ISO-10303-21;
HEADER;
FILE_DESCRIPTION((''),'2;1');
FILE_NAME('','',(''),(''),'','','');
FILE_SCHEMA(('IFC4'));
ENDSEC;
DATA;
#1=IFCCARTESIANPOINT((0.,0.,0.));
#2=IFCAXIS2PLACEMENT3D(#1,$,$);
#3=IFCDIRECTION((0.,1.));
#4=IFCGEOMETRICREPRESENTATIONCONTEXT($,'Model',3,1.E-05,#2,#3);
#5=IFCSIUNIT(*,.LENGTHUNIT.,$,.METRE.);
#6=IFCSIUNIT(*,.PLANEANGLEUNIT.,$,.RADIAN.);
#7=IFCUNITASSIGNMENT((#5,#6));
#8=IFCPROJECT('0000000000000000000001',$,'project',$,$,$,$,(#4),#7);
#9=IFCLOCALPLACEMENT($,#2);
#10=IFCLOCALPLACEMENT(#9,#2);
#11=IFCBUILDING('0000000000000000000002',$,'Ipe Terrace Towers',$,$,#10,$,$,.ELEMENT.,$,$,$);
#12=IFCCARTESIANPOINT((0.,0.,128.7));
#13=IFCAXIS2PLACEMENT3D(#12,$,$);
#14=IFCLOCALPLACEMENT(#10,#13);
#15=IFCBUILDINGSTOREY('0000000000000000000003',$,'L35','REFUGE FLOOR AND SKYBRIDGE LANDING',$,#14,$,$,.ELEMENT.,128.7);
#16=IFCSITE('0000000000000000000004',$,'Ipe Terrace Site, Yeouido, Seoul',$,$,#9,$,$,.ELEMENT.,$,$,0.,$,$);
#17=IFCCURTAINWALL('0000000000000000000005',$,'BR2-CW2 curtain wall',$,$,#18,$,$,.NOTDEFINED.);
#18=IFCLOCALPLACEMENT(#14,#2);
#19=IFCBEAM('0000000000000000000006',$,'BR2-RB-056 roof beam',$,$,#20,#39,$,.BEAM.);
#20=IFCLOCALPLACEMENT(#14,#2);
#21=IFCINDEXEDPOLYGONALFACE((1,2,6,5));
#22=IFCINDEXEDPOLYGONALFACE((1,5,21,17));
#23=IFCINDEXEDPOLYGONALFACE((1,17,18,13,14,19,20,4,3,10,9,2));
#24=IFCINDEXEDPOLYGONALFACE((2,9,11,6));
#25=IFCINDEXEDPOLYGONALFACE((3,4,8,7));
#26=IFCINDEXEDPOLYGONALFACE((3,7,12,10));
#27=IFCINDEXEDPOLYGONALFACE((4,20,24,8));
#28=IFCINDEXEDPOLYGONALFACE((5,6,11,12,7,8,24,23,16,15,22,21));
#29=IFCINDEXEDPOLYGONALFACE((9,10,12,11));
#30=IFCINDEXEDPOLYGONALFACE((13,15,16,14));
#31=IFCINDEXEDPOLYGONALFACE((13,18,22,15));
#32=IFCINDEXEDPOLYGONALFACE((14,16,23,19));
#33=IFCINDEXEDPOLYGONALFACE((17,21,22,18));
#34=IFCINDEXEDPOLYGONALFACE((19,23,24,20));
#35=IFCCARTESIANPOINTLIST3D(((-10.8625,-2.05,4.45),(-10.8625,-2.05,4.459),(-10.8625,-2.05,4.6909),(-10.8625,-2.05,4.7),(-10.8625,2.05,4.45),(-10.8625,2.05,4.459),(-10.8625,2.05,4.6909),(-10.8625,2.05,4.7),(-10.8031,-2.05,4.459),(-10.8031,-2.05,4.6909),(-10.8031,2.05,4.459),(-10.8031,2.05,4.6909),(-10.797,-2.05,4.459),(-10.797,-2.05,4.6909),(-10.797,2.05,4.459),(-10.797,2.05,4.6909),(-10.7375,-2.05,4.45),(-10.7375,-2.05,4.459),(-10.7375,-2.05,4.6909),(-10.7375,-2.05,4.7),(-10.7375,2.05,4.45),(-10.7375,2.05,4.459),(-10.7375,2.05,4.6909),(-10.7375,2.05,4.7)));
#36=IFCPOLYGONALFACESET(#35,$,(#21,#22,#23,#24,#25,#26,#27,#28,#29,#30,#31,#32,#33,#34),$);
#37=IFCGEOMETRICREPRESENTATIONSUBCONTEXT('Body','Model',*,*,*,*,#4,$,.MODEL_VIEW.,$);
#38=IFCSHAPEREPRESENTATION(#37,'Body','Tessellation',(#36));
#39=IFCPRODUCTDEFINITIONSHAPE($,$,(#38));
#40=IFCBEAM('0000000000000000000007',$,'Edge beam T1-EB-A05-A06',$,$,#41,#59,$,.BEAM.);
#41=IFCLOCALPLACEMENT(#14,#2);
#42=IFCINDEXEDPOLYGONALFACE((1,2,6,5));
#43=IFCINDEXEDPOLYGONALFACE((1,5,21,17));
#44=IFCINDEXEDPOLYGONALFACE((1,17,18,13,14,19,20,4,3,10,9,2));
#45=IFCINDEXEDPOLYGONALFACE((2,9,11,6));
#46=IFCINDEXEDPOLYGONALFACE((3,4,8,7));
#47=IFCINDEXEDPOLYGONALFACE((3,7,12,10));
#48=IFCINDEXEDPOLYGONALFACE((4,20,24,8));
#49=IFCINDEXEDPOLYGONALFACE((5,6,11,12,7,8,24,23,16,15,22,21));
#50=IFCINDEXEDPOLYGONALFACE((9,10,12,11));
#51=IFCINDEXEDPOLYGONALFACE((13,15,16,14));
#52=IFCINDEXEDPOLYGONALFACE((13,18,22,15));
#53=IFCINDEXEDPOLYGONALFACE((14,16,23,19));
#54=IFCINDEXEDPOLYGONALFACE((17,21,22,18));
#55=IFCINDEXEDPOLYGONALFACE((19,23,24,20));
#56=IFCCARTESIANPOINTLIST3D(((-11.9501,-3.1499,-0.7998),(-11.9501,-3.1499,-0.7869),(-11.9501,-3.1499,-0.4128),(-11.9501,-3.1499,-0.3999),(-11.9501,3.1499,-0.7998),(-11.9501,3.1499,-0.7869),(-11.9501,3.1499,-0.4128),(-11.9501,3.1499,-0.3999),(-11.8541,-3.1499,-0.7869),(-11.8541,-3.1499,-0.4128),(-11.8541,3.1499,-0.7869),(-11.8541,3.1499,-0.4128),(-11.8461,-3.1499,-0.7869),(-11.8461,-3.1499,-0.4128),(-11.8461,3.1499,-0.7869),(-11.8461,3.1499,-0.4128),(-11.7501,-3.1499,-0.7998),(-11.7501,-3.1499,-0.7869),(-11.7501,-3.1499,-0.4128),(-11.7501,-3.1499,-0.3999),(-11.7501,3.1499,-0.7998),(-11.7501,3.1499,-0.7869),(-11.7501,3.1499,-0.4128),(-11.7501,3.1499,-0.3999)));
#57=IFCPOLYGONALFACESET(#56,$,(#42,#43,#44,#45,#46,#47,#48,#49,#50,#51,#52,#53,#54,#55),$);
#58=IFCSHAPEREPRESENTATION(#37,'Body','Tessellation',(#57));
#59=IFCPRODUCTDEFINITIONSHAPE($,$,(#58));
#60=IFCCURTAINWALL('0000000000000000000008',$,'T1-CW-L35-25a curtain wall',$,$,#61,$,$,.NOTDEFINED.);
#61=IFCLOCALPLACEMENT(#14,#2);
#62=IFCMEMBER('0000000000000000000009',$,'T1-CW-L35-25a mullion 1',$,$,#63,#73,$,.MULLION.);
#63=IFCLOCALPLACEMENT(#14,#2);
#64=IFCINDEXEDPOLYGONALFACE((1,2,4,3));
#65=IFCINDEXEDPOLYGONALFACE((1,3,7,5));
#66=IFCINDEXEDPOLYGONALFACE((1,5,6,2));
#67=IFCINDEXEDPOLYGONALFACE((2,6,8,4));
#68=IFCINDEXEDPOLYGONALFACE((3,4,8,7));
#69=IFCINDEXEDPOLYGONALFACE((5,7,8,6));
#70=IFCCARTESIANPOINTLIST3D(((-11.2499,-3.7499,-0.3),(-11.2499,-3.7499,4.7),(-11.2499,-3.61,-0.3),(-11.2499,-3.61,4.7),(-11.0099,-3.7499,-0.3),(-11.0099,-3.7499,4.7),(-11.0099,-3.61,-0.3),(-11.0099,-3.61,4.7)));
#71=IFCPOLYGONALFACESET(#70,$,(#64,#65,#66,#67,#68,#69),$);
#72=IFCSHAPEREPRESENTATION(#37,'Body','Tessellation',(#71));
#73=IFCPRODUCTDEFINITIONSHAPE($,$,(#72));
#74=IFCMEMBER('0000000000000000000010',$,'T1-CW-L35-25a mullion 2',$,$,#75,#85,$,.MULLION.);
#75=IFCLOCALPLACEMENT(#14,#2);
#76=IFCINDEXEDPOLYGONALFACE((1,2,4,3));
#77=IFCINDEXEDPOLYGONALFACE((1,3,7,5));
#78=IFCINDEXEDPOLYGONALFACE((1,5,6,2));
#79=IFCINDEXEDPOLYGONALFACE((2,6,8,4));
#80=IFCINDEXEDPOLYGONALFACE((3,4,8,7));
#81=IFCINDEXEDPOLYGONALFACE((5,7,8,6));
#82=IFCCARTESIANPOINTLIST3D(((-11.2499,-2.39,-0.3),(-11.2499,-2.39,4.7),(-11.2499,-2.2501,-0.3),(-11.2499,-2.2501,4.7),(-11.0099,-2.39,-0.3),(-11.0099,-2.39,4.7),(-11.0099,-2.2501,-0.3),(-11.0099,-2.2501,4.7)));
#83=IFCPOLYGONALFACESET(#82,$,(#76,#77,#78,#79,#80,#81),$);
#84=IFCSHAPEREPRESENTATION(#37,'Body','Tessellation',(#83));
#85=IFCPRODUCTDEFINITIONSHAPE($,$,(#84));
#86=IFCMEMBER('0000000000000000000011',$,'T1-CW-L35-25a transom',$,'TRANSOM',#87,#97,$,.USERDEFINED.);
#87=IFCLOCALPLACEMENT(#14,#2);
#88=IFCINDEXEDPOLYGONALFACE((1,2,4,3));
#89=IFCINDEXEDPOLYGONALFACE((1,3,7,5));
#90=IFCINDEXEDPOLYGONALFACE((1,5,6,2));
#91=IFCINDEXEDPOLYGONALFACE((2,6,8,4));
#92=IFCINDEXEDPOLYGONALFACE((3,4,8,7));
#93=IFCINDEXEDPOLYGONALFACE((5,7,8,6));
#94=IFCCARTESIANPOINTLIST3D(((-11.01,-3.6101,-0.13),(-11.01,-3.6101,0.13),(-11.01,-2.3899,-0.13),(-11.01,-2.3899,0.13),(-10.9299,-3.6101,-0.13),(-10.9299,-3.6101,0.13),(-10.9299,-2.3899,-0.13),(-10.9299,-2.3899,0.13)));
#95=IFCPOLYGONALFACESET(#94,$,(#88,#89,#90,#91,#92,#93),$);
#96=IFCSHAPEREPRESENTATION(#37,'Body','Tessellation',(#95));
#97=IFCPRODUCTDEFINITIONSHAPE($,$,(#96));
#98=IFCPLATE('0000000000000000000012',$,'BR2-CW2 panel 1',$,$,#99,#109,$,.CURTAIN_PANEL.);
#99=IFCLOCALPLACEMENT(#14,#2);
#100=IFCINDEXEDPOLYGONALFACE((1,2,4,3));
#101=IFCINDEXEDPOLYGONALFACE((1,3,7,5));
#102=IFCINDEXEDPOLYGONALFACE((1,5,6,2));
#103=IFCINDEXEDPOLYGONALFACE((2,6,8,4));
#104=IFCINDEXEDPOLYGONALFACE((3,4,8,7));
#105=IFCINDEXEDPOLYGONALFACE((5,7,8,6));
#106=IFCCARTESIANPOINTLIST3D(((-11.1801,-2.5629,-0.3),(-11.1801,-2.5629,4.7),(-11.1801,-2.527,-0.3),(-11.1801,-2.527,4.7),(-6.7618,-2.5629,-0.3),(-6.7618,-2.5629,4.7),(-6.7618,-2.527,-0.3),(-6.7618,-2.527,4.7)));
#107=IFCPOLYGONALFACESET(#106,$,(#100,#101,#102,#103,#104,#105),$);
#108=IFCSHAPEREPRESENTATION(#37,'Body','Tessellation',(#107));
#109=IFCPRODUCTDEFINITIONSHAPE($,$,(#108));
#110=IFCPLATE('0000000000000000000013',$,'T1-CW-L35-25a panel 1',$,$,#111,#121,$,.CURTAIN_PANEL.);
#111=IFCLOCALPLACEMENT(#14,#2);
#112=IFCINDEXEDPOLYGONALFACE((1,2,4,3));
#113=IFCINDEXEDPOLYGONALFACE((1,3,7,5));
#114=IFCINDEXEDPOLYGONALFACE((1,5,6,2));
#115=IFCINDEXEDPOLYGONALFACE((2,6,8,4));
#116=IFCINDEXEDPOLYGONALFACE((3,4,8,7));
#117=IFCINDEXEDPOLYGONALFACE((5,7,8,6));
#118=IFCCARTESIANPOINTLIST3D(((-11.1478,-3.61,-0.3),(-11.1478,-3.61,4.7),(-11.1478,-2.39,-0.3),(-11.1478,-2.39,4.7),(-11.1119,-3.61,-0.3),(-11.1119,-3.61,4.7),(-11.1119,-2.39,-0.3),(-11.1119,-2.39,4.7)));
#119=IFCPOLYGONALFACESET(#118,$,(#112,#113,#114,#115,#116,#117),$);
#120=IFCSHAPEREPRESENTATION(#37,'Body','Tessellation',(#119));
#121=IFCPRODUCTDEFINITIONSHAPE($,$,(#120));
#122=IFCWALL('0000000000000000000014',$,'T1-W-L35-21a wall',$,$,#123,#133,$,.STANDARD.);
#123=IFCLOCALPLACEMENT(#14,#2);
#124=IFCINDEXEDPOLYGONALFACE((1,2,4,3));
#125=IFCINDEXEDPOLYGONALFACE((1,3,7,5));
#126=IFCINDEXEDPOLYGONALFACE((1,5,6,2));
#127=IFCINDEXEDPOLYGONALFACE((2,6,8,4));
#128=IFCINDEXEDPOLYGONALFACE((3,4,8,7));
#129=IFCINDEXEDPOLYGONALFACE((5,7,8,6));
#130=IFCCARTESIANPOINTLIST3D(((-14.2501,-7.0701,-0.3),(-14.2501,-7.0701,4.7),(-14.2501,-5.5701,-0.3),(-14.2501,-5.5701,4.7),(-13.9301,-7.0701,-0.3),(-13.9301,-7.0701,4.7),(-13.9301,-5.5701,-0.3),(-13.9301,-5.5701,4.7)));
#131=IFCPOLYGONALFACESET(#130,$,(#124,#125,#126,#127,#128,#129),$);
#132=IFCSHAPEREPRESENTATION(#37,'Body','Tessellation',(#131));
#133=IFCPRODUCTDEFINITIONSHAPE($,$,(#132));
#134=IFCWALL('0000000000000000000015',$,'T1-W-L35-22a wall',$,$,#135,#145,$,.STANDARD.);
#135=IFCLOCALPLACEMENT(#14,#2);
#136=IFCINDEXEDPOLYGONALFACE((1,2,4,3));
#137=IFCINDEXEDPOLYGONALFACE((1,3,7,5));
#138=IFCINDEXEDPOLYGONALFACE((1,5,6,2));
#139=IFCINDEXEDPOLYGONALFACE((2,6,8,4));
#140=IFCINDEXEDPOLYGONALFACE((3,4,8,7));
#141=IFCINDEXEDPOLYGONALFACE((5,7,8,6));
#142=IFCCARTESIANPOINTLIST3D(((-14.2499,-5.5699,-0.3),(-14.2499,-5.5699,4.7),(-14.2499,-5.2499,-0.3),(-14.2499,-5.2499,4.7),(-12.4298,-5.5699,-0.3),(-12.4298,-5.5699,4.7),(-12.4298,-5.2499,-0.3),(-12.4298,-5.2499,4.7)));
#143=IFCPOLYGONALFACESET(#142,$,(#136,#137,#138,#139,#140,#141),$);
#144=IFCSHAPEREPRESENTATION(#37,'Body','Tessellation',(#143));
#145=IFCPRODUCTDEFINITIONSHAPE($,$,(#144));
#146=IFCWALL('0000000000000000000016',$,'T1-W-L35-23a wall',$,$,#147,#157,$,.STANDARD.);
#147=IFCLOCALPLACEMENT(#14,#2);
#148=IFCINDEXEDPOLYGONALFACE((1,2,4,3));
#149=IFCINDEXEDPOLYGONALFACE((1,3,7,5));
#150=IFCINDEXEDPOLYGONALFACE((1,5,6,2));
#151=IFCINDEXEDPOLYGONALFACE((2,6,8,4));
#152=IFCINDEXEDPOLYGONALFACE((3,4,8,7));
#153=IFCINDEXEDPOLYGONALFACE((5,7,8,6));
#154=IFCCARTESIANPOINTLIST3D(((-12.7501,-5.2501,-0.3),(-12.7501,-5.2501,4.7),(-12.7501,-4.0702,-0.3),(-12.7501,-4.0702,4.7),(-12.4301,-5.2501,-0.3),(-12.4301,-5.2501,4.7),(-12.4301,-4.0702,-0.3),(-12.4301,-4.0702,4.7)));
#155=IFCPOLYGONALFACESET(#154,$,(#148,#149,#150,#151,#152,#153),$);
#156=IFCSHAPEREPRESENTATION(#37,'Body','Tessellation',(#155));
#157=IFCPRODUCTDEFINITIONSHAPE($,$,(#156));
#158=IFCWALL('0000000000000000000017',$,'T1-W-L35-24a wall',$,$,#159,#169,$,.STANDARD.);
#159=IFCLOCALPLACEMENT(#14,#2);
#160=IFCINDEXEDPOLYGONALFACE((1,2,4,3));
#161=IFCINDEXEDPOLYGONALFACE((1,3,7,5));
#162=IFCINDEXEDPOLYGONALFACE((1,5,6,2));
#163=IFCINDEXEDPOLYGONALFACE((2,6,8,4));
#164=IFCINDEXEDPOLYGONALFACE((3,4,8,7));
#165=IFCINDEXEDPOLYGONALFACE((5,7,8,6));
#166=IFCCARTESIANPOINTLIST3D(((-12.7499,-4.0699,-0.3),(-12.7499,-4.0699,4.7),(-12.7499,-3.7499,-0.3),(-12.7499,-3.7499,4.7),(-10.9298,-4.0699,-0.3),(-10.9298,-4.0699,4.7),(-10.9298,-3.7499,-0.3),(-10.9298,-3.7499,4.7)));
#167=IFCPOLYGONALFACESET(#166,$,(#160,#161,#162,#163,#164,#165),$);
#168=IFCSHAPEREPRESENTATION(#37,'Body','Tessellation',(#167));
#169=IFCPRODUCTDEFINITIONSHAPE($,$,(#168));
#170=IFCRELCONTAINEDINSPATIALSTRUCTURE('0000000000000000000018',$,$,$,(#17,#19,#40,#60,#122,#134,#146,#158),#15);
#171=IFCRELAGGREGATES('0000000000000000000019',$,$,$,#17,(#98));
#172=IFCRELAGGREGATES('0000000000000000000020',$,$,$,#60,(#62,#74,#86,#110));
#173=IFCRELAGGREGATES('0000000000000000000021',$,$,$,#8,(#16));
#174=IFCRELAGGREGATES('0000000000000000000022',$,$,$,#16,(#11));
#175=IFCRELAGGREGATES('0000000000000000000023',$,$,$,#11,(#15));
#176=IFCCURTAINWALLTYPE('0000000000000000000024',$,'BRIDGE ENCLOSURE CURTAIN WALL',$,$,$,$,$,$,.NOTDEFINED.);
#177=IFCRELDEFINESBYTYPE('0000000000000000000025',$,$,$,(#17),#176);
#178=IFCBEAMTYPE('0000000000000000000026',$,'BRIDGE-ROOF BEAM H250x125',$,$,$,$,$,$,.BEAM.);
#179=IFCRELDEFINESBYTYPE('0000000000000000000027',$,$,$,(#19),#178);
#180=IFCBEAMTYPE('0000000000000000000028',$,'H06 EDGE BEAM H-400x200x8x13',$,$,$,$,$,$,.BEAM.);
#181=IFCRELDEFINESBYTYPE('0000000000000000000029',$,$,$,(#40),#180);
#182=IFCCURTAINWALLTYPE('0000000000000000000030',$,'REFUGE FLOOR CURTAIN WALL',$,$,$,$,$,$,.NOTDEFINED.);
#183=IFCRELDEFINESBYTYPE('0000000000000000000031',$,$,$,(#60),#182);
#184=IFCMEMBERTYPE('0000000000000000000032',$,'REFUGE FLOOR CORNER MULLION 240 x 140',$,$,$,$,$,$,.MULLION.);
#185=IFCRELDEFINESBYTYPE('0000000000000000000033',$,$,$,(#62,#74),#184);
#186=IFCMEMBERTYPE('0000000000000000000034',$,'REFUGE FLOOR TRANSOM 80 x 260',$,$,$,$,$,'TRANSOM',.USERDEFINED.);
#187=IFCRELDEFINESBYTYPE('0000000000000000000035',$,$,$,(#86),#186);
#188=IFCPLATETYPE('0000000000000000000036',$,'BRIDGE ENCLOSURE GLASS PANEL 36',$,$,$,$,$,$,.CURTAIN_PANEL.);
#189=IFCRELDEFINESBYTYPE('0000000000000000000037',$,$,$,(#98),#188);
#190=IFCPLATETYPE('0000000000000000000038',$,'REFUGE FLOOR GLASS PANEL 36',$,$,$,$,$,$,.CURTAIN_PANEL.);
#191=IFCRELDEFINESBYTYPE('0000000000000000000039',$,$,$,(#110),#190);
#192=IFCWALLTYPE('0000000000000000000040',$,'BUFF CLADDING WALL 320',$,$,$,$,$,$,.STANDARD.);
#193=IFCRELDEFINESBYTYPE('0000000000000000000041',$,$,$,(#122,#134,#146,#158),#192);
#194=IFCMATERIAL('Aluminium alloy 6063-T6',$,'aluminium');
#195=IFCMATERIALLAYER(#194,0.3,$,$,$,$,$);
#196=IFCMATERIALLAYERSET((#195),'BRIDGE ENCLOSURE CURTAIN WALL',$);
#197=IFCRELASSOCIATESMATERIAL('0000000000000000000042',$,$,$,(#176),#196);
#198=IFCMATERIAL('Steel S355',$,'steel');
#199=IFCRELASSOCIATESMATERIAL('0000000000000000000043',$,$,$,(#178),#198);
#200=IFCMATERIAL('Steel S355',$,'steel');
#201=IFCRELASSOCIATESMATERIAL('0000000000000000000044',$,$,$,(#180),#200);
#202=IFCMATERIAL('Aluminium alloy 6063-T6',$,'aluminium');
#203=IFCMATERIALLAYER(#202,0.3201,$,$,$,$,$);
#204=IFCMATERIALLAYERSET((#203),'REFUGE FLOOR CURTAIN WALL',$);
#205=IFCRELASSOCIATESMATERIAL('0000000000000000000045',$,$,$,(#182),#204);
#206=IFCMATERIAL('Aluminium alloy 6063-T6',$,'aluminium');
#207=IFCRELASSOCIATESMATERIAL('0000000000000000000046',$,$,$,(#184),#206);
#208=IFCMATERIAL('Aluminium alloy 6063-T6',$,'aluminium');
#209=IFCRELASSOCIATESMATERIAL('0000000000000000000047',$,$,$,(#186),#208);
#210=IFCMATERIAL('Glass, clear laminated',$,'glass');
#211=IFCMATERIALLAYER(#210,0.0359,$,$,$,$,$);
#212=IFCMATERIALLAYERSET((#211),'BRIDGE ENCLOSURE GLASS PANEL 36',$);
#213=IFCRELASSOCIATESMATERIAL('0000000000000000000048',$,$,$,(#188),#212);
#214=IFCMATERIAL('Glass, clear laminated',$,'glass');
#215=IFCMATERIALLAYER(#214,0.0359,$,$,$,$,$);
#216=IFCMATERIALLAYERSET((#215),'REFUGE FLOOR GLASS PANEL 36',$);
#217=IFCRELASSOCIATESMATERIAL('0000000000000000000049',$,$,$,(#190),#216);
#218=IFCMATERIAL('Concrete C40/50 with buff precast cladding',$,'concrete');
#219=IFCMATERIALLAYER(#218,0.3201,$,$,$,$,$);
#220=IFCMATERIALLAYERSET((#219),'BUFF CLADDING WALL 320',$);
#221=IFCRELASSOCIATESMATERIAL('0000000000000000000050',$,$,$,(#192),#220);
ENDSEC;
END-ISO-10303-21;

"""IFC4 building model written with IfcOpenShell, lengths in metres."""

from ifc_helpers import new_model, si_unit, direction, frame, frame_2d, origin, origin_2d, place, context, subcontext, project, spatial, rectangle, i_section, extrude, material, layer, layer_set, material_profile, profile_set, type_object, element, aggregate, save


model = new_model("IFC4")

# Units and contexts
model_context = context("Model", 3, precision=1e-05, world=origin(), true_north=direction((0.0, 1.0)))
body_context = subcontext(model_context, "Body", "Model", "MODEL_VIEW")
ifc_project = project(units=[si_unit("LENGTHUNIT", "METRE"), si_unit("PLANEANGLEUNIT", "RADIAN")], contexts=[model_context])

# Site, building, storey
site_placement = place(None, origin())
site = spatial("IfcSite", under=ifc_project, at=site_placement, Name="Ipe Terrace Site, Yeouido, Seoul", CompositionType="ELEMENT", RefElevation=0.0)
building_placement = place(site_placement, origin())
building = spatial("IfcBuilding", under=site, at=building_placement, Name="Ipe Terrace Towers", CompositionType="ELEMENT")
storey_placement = place(building_placement, frame((0.0, 0.0, 128.7)))
storey = spatial("IfcBuildingStorey", under=building, at=storey_placement, Name="L35", Description="REFUGE FLOOR AND SKYBRIDGE LANDING", CompositionType="ELEMENT", Elevation=128.7)

# Curtain wall
ifc_material_1 = material(Name="Aluminium alloy 6063-T6", Category="aluminium")
ifc_layer_1 = layer(ifc_material_1, 0.3)
ifc_layer_set_1 = layer_set([ifc_layer_1], Name="BRIDGE ENCLOSURE CURTAIN WALL")
curtain_wall_type_1 = type_object("IfcCurtainWallType", Name="BRIDGE ENCLOSURE CURTAIN WALL", PredefinedType="NOTDEFINED", material=ifc_layer_set_1)
curtain_wall_1_placement = place(storey_placement, origin())
curtain_wall_1 = element("IfcCurtainWall", 1, at=curtain_wall_1_placement, inside=storey, type_object=curtain_wall_type_1, Name="BR2-CW2 curtain wall", PredefinedType="NOTDEFINED")

# Beams
ifc_material_2 = material(Name="Steel S355", Category="steel")
ifc_material_profile_1 = material_profile(ifc_material_2, i_section(OverallWidth=0.125, OverallDepth=0.25, WebThickness=0.0061, FlangeThickness=0.009, at=origin_2d()), Name="H250x125")
ifc_profile_set_1 = profile_set([ifc_material_profile_1], Name="Steel S355")
beam_type_1 = type_object("IfcBeamType", Name="BRIDGE-ROOF BEAM H250x125", PredefinedType="BEAM", material=ifc_profile_set_1)
beam_1_placement = place(storey_placement, frame((-10.8, -2.05, 4.575), z_axis=(0.0, 1.0, 0.0), x_axis=(-1.0, 0.0, 0.0)))
element("IfcBeam", 2, at=beam_1_placement, inside=storey, type_object=beam_type_1, Name="BR2-RB-056 roof beam", PredefinedType="BEAM", context=body_context, shape_type="SweptSolid", body=[
    extrude(i_section(OverallWidth=0.125, OverallDepth=0.25, WebThickness=0.0061, FlangeThickness=0.009, at=origin_2d()), origin(), (0.0, 0.0, 1.0), 4.1001),
])
ifc_material_3 = material(Name="Steel S355", Category="steel")
ifc_material_profile_2 = material_profile(ifc_material_3, i_section(OverallWidth=0.2, OverallDepth=0.3999, WebThickness=0.0081, FlangeThickness=0.0129, at=origin_2d()), Name="H-400x200x8x13")
ifc_profile_set_2 = profile_set([ifc_material_profile_2], Name="Steel S355")
beam_type_2 = type_object("IfcBeamType", Name="H06 EDGE BEAM H-400x200x8x13", PredefinedType="BEAM", material=ifc_profile_set_2)
beam_2_placement = place(storey_placement, frame((-11.8501, -3.1499, -0.5999), z_axis=(0.0, 1.0, 0.0), x_axis=(-1.0, 0.0, 0.0)))
element("IfcBeam", 3, at=beam_2_placement, inside=storey, type_object=beam_type_2, Name="Edge beam T1-EB-A05-A06", PredefinedType="BEAM", context=body_context, shape_type="SweptSolid", body=[
    extrude(i_section(OverallWidth=0.2, OverallDepth=0.3999, WebThickness=0.0081, FlangeThickness=0.0129, at=origin_2d()), origin(), (0.0, 0.0, 1.0), 6.2998),
])

# Curtain wall, members
ifc_material_4 = material(Name="Aluminium alloy 6063-T6", Category="aluminium")
ifc_layer_2 = layer(ifc_material_4, 0.3201)
ifc_layer_set_2 = layer_set([ifc_layer_2], Name="REFUGE FLOOR CURTAIN WALL")
curtain_wall_type_2 = type_object("IfcCurtainWallType", Name="REFUGE FLOOR CURTAIN WALL", PredefinedType="NOTDEFINED", material=ifc_layer_set_2)
curtain_wall_2_placement = place(storey_placement, origin())
curtain_wall_2 = element("IfcCurtainWall", 4, at=curtain_wall_2_placement, inside=storey, type_object=curtain_wall_type_2, Name="T1-CW-L35-25a curtain wall", PredefinedType="NOTDEFINED")
ifc_material_5 = material(Name="Aluminium alloy 6063-T6", Category="aluminium")
ifc_material_profile_3 = material_profile(ifc_material_5, rectangle(XDim=0.24, YDim=0.1399, at=origin_2d()), Name="REFUGE FLOOR CORNER MULLION 240 x 140")
ifc_profile_set_3 = profile_set([ifc_material_profile_3], Name="Aluminium alloy 6063-T6")
member_type_1 = type_object("IfcMemberType", Name="REFUGE FLOOR CORNER MULLION 240 x 140", PredefinedType="MULLION", material=ifc_profile_set_3)
member_1_placement = place(storey_placement, frame((-11.1299, -3.6799, -0.3), z_axis=(0.0, 0.0, 1.0), x_axis=(1.0, 0.0, 0.0)))
member_1 = element("IfcMember", 5, at=member_1_placement, type_object=member_type_1, Name="T1-CW-L35-25a mullion 1", PredefinedType="MULLION", context=body_context, shape_type="SweptSolid", body=[
    extrude(rectangle(XDim=0.24, YDim=0.1399, at=origin_2d()), origin(), (0.0, 0.0, 1.0), 5.0),
])
member_2_placement = place(storey_placement, frame((-11.1299, -2.3201, -0.3), z_axis=(0.0, 0.0, 1.0), x_axis=(1.0, 0.0, 0.0)))
member_2 = element("IfcMember", 6, at=member_2_placement, type_object=member_type_1, Name="T1-CW-L35-25a mullion 2", PredefinedType="MULLION", context=body_context, shape_type="SweptSolid", body=[
    extrude(rectangle(XDim=0.24, YDim=0.1399, at=origin_2d()), origin(), (0.0, 0.0, 1.0), 5.0),
])
ifc_material_6 = material(Name="Aluminium alloy 6063-T6", Category="aluminium")
ifc_material_profile_4 = material_profile(ifc_material_6, rectangle(XDim=0.0801, YDim=0.26, at=origin_2d()), Name="REFUGE FLOOR TRANSOM 80 x 260")
ifc_profile_set_4 = profile_set([ifc_material_profile_4], Name="Aluminium alloy 6063-T6")
member_type_2 = type_object("IfcMemberType", Name="REFUGE FLOOR TRANSOM 80 x 260", ElementType="TRANSOM", PredefinedType="USERDEFINED", material=ifc_profile_set_4)
member_3_placement = place(storey_placement, frame((-10.97, -3.6101, 0.0), z_axis=(0.0, 1.0, 0.0), x_axis=(1.0, 0.0, 0.0)))
member_3 = element("IfcMember", 7, at=member_3_placement, type_object=member_type_2, Name="T1-CW-L35-25a transom", ObjectType="TRANSOM", PredefinedType="USERDEFINED", context=body_context, shape_type="SweptSolid", body=[
    extrude(rectangle(XDim=0.0801, YDim=0.26, at=origin_2d()), origin(), (0.0, 0.0, 1.0), 1.2202),
])

# Plates
ifc_material_7 = material(Name="Glass, clear laminated", Category="glass")
ifc_layer_3 = layer(ifc_material_7, 0.0359)
ifc_layer_set_3 = layer_set([ifc_layer_3], Name="BRIDGE ENCLOSURE GLASS PANEL 36")
plate_type_1 = type_object("IfcPlateType", Name="BRIDGE ENCLOSURE GLASS PANEL 36", PredefinedType="CURTAIN_PANEL", material=ifc_layer_set_3)
plate_1_placement = place(storey_placement, frame((-8.9709, -2.5449, -0.3), z_axis=(0.0, 0.0, 1.0), x_axis=(1.0, 0.0, 0.0)))
plate_1 = element("IfcPlate", 8, at=plate_1_placement, type_object=plate_type_1, Name="BR2-CW2 panel 1", PredefinedType="CURTAIN_PANEL", context=body_context, shape_type="SweptSolid", body=[
    extrude(rectangle(XDim=4.4182, YDim=0.0359, at=origin_2d()), origin(), (0.0, 0.0, 1.0), 5.0),
])
aggregate(curtain_wall_1, [plate_1])
ifc_material_8 = material(Name="Glass, clear laminated", Category="glass")
ifc_layer_4 = layer(ifc_material_8, 0.0359)
ifc_layer_set_4 = layer_set([ifc_layer_4], Name="REFUGE FLOOR GLASS PANEL 36")
plate_type_2 = type_object("IfcPlateType", Name="REFUGE FLOOR GLASS PANEL 36", PredefinedType="CURTAIN_PANEL", material=ifc_layer_set_4)
plate_2_placement = place(storey_placement, frame((-11.1299, -3.0, -0.3), z_axis=(0.0, 0.0, 1.0), x_axis=(0.0, 1.0, 0.0)))
plate_2 = element("IfcPlate", 9, at=plate_2_placement, type_object=plate_type_2, Name="T1-CW-L35-25a panel 1", PredefinedType="CURTAIN_PANEL", context=body_context, shape_type="SweptSolid", body=[
    extrude(rectangle(XDim=1.22, YDim=0.0359, at=origin_2d()), origin(), (0.0, 0.0, 1.0), 5.0),
])
aggregate(curtain_wall_2, [member_1, member_2, member_3, plate_2])

# Walls
ifc_material_9 = material(Name="Concrete C40/50 with buff precast cladding", Category="concrete")
ifc_layer_5 = layer(ifc_material_9, 0.3201)
ifc_layer_set_5 = layer_set([ifc_layer_5], Name="BUFF CLADDING WALL 320")
wall_type = type_object("IfcWallType", Name="BUFF CLADDING WALL 320", PredefinedType="STANDARD", material=ifc_layer_set_5)
wall_1_placement = place(storey_placement, frame((-14.0901, -7.0701, -0.3), z_axis=(0.0, 0.0, 1.0), x_axis=(0.0, 1.0, 0.0)))
element("IfcWall", 10, at=wall_1_placement, inside=storey, type_object=wall_type, Name="T1-W-L35-21a wall", PredefinedType="STANDARD", context=body_context, shape_type="SweptSolid", body=[
    extrude(rectangle(XDim=1.5, YDim=0.3201, at=frame_2d((0.75, 0.0))), origin(), (0.0, 0.0, 1.0), 5.0),
])
wall_2_placement = place(storey_placement, frame((-14.25, -5.4099, -0.3), z_axis=(0.0, 0.0, 1.0), x_axis=(1.0, 0.0, 0.0)))
element("IfcWall", 11, at=wall_2_placement, inside=storey, type_object=wall_type, Name="T1-W-L35-22a wall", PredefinedType="STANDARD", context=body_context, shape_type="SweptSolid", body=[
    extrude(rectangle(XDim=1.8201, YDim=0.3201, at=frame_2d((0.9102, 0.0))), origin(), (0.0, 0.0, 1.0), 5.0),
])
wall_3_placement = place(storey_placement, frame((-12.5901, -5.25, -0.3), z_axis=(0.0, 0.0, 1.0), x_axis=(0.0, 1.0, 0.0)))
element("IfcWall", 12, at=wall_3_placement, inside=storey, type_object=wall_type, Name="T1-W-L35-23a wall", PredefinedType="STANDARD", context=body_context, shape_type="SweptSolid", body=[
    extrude(rectangle(XDim=1.1799, YDim=0.3201, at=frame_2d((0.5898, 0.0))), origin(), (0.0, 0.0, 1.0), 5.0),
])
wall_4_placement = place(storey_placement, frame((-12.75, -3.9099, -0.3), z_axis=(0.0, 0.0, 1.0), x_axis=(1.0, 0.0, 0.0)))
element("IfcWall", 13, at=wall_4_placement, inside=storey, type_object=wall_type, Name="T1-W-L35-24a wall", PredefinedType="STANDARD", context=body_context, shape_type="SweptSolid", body=[
    extrude(rectangle(XDim=1.8201, YDim=0.3201, at=frame_2d((0.9102, 0.0))), origin(), (0.0, 0.0, 1.0), 5.0),
])

save(model, "model.ifc")
